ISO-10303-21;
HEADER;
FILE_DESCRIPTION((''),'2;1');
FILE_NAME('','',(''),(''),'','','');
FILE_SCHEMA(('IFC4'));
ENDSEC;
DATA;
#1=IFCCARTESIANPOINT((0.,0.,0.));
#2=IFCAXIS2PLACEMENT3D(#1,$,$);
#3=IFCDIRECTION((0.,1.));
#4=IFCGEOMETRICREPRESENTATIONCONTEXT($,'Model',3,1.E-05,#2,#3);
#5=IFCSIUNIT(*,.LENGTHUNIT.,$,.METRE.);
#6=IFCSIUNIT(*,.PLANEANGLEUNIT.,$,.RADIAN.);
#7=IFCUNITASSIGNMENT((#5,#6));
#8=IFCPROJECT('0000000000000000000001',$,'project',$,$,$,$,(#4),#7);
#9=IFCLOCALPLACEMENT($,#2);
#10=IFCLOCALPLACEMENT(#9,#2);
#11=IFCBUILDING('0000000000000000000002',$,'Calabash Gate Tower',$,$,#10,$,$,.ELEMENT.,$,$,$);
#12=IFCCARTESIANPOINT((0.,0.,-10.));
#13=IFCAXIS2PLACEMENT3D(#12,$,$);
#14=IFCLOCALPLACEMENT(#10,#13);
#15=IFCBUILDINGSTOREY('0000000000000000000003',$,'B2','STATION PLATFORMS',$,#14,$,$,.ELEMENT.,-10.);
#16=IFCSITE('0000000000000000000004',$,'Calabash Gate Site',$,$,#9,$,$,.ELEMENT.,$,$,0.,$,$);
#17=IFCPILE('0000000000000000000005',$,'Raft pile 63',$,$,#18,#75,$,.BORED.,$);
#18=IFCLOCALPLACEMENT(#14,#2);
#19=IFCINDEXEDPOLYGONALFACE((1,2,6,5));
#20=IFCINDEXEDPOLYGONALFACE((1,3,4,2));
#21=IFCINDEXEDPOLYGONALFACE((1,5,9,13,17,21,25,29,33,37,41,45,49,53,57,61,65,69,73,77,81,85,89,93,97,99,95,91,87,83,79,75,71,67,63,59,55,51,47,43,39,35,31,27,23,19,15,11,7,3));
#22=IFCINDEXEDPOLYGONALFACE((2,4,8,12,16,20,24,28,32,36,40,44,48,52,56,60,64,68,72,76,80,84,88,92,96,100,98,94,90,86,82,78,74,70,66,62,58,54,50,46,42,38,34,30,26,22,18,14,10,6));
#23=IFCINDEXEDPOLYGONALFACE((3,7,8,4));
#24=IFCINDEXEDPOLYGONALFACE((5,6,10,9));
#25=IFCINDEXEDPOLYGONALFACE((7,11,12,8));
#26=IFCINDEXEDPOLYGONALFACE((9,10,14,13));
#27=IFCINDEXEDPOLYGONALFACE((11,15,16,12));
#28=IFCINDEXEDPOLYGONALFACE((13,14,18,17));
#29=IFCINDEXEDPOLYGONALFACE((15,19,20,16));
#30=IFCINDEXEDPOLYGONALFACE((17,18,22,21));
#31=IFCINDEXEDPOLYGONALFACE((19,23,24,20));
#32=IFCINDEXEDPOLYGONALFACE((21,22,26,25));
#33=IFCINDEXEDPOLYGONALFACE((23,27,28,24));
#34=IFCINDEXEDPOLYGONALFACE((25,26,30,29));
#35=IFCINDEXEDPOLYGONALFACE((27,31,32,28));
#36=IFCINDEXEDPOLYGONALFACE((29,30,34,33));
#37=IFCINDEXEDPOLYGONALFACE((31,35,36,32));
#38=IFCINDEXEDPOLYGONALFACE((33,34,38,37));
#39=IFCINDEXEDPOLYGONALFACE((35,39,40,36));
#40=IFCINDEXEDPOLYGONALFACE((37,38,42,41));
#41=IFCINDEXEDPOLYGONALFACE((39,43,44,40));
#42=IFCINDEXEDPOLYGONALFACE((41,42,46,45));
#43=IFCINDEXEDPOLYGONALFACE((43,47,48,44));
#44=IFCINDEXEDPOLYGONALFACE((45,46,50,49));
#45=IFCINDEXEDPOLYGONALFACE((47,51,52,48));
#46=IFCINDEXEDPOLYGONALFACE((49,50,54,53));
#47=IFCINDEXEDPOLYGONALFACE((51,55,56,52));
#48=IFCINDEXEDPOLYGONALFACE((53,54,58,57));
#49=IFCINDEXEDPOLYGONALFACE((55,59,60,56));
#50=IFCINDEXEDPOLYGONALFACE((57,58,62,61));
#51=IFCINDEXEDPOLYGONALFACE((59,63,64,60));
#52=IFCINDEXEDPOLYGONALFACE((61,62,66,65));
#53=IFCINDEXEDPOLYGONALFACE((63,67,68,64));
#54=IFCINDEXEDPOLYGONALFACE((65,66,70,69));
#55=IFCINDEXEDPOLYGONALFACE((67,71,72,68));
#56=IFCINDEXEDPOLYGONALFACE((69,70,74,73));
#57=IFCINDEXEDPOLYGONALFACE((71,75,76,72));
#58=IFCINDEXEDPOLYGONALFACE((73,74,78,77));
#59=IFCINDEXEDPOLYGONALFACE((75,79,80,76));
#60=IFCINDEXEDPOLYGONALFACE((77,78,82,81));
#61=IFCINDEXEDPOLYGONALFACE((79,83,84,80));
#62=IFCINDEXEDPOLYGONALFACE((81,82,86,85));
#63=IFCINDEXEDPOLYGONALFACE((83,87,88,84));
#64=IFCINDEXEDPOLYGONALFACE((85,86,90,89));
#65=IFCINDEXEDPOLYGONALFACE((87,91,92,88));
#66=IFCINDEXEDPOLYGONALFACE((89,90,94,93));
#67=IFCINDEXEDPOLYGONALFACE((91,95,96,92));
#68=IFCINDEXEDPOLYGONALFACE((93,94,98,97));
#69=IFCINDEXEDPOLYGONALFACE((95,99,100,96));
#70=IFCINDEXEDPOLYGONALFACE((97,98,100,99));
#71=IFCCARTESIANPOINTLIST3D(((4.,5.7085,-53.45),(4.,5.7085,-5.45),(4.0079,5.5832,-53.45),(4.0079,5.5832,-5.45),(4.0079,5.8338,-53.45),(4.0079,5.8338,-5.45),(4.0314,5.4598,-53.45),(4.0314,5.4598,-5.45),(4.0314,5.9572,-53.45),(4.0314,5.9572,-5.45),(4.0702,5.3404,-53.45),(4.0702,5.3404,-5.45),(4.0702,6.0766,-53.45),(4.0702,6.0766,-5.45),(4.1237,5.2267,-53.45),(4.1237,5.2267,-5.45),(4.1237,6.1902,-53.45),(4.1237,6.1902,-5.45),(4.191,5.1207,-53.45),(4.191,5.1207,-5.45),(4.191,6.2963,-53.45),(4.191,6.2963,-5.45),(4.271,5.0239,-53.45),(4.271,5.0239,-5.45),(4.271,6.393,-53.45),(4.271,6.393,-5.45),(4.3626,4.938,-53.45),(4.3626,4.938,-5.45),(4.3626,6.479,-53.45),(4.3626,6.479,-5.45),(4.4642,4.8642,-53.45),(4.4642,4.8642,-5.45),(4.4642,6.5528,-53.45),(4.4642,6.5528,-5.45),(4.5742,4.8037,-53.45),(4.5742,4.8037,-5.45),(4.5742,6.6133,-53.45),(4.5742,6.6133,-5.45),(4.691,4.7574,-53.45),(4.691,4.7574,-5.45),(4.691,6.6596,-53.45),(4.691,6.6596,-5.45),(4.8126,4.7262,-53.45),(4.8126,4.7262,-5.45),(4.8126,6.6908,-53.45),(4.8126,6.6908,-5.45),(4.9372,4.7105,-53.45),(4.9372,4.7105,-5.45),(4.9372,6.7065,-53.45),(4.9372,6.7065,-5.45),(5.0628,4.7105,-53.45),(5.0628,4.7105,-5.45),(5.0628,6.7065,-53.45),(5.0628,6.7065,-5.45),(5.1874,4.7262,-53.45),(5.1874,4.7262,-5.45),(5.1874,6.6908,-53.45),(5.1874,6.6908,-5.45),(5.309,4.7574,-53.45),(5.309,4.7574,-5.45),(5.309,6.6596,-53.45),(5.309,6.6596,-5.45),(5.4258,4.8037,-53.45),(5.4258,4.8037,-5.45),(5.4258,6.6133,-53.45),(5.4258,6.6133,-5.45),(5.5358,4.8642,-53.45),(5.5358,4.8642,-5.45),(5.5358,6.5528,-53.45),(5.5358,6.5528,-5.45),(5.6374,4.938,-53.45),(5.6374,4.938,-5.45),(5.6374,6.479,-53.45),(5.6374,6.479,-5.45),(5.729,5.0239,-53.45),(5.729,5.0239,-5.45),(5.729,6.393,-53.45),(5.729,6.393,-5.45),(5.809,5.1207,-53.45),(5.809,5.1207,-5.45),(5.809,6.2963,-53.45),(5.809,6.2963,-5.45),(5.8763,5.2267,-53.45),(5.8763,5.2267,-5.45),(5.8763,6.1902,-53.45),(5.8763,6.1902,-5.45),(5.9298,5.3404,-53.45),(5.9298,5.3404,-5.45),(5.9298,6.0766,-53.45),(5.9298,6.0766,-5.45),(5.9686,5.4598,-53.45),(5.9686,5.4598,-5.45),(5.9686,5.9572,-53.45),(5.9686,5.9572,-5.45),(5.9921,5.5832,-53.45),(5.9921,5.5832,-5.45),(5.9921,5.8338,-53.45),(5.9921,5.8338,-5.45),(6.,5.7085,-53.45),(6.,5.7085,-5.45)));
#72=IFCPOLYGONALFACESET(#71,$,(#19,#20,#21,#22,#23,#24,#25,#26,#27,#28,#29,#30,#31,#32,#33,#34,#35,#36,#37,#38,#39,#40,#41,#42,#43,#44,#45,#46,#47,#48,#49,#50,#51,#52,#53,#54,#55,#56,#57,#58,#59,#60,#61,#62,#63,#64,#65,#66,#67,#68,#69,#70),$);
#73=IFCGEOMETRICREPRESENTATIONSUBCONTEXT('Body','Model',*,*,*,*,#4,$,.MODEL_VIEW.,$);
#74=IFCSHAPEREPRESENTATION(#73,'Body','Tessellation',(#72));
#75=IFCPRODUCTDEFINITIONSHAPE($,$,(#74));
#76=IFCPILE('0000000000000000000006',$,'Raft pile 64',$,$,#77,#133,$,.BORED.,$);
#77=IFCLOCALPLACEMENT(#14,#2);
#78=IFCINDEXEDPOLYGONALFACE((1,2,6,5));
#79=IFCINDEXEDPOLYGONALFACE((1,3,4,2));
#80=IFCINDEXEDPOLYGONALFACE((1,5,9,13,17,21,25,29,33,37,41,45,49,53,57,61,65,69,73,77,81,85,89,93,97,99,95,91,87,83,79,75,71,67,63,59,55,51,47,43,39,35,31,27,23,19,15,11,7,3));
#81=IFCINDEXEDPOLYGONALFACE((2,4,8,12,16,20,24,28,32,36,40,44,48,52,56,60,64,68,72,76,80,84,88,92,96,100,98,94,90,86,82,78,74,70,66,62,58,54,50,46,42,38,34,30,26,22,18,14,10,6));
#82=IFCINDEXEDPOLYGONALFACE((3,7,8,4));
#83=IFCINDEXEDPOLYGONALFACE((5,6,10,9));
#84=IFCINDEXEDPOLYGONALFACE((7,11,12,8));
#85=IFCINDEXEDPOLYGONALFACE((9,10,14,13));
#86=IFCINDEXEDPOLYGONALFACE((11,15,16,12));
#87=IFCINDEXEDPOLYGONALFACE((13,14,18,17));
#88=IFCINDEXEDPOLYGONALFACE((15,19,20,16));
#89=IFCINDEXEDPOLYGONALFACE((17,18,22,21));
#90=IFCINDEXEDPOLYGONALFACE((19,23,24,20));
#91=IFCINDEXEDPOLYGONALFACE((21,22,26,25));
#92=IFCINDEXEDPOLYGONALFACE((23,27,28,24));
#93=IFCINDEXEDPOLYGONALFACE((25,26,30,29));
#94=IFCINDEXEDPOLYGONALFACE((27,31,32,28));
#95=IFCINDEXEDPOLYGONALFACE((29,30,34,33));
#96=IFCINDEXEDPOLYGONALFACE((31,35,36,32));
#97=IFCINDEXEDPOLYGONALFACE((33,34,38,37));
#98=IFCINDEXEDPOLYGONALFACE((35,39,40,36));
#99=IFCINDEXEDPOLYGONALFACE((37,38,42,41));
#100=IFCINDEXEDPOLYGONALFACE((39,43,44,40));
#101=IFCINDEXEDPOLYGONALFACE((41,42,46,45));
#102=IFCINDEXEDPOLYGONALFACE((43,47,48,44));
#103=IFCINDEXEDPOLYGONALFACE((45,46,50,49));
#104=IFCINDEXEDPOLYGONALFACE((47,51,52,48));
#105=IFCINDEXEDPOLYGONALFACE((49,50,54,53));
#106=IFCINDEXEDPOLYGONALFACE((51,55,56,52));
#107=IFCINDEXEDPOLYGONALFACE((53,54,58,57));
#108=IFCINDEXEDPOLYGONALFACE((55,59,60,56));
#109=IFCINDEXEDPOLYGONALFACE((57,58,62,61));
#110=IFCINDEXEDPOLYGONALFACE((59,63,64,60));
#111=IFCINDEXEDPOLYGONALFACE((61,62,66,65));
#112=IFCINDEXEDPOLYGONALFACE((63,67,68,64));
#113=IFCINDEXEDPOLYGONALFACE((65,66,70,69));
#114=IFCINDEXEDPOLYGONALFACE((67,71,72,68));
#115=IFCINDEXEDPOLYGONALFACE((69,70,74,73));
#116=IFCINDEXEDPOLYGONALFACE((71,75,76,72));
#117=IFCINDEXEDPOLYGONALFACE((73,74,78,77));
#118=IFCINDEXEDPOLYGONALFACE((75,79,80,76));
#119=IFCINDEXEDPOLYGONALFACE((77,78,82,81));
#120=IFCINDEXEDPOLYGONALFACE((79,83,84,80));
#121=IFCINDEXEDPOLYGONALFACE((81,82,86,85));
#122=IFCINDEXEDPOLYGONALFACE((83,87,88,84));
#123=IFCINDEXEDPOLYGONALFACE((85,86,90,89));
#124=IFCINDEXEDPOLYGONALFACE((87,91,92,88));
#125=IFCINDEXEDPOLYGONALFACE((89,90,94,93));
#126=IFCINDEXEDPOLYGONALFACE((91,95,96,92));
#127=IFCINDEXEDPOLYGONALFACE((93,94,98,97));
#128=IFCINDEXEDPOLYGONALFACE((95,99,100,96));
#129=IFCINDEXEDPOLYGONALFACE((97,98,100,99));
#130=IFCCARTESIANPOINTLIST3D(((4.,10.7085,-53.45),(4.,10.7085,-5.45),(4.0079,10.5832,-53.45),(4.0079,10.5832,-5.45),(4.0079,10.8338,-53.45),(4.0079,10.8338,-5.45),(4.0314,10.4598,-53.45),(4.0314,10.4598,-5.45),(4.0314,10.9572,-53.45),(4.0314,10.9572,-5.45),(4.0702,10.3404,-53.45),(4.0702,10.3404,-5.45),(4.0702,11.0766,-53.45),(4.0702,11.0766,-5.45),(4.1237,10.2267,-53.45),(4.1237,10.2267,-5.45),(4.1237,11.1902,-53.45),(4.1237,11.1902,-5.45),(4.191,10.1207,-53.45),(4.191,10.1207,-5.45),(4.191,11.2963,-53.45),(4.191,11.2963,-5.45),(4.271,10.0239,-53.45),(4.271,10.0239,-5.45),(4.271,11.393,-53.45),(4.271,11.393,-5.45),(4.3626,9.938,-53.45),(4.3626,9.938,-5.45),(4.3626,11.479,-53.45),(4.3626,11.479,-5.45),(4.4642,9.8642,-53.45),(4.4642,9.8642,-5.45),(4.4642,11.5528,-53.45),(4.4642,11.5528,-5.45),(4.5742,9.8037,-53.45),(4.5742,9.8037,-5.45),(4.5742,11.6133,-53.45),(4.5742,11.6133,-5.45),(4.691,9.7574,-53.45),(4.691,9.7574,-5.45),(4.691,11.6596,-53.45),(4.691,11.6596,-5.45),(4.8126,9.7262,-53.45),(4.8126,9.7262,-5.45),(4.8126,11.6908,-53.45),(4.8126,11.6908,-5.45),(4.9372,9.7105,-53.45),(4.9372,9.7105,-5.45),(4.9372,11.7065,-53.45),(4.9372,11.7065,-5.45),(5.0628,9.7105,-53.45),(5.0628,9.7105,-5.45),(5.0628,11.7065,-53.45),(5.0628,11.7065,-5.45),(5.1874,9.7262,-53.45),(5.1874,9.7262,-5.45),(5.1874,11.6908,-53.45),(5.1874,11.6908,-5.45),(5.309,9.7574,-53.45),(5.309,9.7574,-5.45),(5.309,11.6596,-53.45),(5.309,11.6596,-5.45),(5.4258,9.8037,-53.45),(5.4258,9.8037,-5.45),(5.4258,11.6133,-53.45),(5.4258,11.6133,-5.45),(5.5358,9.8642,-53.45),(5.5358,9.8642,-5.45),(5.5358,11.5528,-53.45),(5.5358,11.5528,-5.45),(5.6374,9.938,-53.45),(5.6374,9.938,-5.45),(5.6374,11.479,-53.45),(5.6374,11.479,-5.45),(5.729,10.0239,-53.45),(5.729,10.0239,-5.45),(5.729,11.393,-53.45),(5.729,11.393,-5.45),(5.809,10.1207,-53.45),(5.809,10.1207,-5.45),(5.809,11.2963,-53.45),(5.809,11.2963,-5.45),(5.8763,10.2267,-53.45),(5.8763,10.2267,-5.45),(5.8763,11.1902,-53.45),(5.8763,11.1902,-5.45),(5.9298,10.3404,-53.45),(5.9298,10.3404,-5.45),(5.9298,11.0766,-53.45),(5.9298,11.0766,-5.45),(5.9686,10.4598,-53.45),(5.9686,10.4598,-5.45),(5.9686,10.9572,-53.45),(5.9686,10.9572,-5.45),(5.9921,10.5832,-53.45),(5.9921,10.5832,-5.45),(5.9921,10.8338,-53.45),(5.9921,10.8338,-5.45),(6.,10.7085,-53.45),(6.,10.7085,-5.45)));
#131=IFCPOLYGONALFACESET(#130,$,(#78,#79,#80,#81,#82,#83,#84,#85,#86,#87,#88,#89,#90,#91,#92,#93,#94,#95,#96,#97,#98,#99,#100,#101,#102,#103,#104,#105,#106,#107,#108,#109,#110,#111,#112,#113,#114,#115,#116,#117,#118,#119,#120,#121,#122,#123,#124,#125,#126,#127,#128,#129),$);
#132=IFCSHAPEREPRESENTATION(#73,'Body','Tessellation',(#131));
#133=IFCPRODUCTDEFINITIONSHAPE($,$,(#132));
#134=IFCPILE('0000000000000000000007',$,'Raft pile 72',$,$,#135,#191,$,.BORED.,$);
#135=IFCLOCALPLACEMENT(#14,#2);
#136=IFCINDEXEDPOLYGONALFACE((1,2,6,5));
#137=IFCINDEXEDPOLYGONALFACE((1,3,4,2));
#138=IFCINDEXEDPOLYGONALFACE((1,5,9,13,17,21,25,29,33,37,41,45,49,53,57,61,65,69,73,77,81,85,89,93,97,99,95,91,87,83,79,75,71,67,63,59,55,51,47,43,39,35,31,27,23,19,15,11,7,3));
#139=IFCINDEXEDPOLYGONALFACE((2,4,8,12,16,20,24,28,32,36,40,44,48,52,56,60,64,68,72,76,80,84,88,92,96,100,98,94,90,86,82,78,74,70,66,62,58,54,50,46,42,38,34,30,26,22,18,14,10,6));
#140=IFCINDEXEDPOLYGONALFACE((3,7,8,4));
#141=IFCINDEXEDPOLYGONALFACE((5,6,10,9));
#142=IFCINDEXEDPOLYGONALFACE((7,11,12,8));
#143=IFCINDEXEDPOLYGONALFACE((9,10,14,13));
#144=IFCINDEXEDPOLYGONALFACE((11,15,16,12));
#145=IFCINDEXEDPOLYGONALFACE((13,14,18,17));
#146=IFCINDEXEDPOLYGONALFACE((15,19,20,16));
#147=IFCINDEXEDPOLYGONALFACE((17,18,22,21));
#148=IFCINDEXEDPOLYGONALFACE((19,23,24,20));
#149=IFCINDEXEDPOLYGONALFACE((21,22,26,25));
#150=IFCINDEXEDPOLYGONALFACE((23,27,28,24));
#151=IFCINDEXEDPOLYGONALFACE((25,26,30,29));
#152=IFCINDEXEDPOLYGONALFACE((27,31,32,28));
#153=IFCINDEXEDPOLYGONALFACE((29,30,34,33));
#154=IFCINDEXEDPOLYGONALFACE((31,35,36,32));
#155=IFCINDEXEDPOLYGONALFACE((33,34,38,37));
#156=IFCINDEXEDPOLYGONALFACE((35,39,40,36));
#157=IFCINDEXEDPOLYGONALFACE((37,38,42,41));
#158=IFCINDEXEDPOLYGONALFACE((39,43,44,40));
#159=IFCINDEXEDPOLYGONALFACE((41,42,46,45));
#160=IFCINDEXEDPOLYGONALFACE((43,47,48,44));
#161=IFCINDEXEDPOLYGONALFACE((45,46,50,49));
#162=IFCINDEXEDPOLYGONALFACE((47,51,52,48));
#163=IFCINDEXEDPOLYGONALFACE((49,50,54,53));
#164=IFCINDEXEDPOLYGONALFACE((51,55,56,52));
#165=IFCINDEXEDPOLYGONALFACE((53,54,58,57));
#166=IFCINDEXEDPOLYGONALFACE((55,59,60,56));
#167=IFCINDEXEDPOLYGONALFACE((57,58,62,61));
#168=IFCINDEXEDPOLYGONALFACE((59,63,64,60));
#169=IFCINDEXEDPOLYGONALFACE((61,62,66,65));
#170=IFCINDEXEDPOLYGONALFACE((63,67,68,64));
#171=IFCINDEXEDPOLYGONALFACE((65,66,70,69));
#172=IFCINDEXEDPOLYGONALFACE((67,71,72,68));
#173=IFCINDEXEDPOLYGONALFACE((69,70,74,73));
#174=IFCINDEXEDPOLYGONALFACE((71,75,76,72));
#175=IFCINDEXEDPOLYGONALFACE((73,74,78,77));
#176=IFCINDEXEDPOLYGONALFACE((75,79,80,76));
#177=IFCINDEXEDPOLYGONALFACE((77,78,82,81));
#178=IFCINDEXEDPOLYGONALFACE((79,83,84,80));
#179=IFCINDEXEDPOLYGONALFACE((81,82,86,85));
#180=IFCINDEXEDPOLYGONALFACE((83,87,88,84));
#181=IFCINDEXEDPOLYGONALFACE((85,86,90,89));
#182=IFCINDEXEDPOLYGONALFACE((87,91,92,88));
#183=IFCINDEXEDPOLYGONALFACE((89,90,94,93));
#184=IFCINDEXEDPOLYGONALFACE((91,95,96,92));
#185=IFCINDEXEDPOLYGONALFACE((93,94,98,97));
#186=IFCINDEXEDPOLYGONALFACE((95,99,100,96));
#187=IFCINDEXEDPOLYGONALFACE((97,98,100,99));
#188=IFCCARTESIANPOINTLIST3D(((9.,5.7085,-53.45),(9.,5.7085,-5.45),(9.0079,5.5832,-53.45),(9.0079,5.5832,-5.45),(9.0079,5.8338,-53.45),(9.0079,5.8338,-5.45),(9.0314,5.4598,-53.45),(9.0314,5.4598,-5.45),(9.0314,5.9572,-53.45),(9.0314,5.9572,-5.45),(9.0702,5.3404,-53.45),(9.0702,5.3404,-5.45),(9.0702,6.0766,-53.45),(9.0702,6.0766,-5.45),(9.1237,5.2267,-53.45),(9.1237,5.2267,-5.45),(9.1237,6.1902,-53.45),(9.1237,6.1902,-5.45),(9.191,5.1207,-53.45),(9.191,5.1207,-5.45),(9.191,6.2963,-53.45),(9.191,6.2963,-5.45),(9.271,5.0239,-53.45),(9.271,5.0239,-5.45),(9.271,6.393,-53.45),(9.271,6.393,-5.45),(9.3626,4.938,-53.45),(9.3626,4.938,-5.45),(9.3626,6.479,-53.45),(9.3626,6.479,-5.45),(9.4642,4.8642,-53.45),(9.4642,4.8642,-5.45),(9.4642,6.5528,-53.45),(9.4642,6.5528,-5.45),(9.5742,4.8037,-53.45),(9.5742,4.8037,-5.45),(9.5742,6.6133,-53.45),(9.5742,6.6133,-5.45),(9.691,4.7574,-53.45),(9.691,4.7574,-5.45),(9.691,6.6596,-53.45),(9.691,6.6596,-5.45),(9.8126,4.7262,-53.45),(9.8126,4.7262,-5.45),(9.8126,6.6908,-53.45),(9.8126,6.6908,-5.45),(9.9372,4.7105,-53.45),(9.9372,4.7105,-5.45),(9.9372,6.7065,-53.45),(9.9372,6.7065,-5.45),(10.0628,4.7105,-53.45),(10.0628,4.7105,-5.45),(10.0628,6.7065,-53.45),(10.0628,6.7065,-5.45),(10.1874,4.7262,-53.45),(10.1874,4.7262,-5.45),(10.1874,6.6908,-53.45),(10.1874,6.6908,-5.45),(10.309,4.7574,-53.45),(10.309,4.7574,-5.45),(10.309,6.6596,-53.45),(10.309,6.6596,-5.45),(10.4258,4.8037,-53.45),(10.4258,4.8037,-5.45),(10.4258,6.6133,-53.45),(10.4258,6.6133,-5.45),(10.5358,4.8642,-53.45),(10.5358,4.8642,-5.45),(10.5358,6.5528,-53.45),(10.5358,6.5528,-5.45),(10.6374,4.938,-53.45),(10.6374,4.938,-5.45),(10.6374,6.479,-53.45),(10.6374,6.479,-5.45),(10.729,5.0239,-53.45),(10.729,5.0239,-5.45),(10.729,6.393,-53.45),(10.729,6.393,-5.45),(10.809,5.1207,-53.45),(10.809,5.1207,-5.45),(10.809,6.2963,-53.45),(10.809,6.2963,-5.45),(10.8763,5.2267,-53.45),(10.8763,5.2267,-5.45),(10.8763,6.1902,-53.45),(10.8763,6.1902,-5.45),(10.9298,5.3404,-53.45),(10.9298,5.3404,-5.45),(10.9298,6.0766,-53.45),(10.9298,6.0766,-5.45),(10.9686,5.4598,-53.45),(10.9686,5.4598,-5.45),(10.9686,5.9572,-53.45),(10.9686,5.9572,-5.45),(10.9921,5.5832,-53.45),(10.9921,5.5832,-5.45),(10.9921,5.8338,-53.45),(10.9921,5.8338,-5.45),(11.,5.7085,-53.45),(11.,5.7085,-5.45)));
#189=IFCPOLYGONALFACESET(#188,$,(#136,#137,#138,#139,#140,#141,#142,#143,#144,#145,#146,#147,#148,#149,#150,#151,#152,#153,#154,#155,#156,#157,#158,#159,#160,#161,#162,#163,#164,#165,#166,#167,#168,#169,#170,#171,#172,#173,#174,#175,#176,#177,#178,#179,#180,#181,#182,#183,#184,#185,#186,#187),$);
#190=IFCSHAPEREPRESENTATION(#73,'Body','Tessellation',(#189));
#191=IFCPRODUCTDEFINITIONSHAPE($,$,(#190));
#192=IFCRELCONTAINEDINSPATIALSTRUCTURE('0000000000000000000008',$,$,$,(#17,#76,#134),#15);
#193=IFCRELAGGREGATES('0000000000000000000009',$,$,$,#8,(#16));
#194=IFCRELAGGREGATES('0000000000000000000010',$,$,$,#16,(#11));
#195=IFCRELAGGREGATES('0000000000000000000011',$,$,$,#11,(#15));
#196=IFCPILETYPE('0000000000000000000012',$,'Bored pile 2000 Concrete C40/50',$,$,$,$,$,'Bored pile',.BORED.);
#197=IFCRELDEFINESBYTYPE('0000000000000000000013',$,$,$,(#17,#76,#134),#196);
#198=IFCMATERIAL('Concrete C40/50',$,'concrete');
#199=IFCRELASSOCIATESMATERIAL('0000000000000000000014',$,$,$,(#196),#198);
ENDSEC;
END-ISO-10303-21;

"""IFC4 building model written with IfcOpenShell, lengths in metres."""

from ifc_helpers import new_model, si_unit, direction, frame, origin, origin_2d, place, context, subcontext, project, spatial, circle, extrude, material, material_profile, profile_set, type_object, element, save


model = new_model("IFC4")

# Units and contexts
model_context = context("Model", 3, precision=1e-05, world=origin(), true_north=direction((0.0, 1.0)))
body_context = subcontext(model_context, "Body", "Model", "MODEL_VIEW")
ifc_project = project(units=[si_unit("LENGTHUNIT", "METRE"), si_unit("PLANEANGLEUNIT", "RADIAN")], contexts=[model_context])

# Site, building, storey
site_placement = place(None, origin())
site = spatial("IfcSite", under=ifc_project, at=site_placement, Name="Calabash Gate Site", CompositionType="ELEMENT", RefElevation=0.0)
building_placement = place(site_placement, origin())
building = spatial("IfcBuilding", under=site, at=building_placement, Name="Calabash Gate Tower", CompositionType="ELEMENT")
storey_placement = place(building_placement, frame((0.0, 0.0, -10.0)))
storey = spatial("IfcBuildingStorey", under=building, at=storey_placement, Name="B2", Description="STATION PLATFORMS", CompositionType="ELEMENT", Elevation=-10.0)

# Piles
ifc_material_1 = material(Name="Concrete C40/50", Category="concrete")
ifc_material_profile_1 = material_profile(ifc_material_1, circle(Radius=1.0, at=origin_2d()))
ifc_profile_set_1 = profile_set([ifc_material_profile_1], Name="Concrete C40/50")
pile_type = type_object("IfcPileType", Name="Bored pile 2000 Concrete C40/50", ElementType="Bored pile", PredefinedType="BORED", material=ifc_profile_set_1)
for number, where, z_axis, x_axis, name in (
    (1, (5.0, 5.7085, -5.45), (0.0, 0.0, -1.0), (1.0, 0.0, 0.0), "Raft pile 63"),
    (2, (5.0, 10.7085, -5.45), (0.0, 0.0, -1.0), (1.0, 0.0, 0.0), "Raft pile 64"),
    (3, (10.0, 5.7085, -5.45), (0.0, 0.0, -1.0), (1.0, 0.0, 0.0), "Raft pile 72"),
):
    element("IfcPile", number, at=place(storey_placement, frame(where, z_axis=z_axis, x_axis=x_axis)), inside=storey, type_object=pile_type, Name=name, PredefinedType="BORED", context=body_context, shape_type="SweptSolid", body=[
        extrude(circle(Radius=1.0, at=origin_2d()), origin(), (0.0, 0.0, 1.0), 48.0),
    ])

save(model, "model.ifc")
